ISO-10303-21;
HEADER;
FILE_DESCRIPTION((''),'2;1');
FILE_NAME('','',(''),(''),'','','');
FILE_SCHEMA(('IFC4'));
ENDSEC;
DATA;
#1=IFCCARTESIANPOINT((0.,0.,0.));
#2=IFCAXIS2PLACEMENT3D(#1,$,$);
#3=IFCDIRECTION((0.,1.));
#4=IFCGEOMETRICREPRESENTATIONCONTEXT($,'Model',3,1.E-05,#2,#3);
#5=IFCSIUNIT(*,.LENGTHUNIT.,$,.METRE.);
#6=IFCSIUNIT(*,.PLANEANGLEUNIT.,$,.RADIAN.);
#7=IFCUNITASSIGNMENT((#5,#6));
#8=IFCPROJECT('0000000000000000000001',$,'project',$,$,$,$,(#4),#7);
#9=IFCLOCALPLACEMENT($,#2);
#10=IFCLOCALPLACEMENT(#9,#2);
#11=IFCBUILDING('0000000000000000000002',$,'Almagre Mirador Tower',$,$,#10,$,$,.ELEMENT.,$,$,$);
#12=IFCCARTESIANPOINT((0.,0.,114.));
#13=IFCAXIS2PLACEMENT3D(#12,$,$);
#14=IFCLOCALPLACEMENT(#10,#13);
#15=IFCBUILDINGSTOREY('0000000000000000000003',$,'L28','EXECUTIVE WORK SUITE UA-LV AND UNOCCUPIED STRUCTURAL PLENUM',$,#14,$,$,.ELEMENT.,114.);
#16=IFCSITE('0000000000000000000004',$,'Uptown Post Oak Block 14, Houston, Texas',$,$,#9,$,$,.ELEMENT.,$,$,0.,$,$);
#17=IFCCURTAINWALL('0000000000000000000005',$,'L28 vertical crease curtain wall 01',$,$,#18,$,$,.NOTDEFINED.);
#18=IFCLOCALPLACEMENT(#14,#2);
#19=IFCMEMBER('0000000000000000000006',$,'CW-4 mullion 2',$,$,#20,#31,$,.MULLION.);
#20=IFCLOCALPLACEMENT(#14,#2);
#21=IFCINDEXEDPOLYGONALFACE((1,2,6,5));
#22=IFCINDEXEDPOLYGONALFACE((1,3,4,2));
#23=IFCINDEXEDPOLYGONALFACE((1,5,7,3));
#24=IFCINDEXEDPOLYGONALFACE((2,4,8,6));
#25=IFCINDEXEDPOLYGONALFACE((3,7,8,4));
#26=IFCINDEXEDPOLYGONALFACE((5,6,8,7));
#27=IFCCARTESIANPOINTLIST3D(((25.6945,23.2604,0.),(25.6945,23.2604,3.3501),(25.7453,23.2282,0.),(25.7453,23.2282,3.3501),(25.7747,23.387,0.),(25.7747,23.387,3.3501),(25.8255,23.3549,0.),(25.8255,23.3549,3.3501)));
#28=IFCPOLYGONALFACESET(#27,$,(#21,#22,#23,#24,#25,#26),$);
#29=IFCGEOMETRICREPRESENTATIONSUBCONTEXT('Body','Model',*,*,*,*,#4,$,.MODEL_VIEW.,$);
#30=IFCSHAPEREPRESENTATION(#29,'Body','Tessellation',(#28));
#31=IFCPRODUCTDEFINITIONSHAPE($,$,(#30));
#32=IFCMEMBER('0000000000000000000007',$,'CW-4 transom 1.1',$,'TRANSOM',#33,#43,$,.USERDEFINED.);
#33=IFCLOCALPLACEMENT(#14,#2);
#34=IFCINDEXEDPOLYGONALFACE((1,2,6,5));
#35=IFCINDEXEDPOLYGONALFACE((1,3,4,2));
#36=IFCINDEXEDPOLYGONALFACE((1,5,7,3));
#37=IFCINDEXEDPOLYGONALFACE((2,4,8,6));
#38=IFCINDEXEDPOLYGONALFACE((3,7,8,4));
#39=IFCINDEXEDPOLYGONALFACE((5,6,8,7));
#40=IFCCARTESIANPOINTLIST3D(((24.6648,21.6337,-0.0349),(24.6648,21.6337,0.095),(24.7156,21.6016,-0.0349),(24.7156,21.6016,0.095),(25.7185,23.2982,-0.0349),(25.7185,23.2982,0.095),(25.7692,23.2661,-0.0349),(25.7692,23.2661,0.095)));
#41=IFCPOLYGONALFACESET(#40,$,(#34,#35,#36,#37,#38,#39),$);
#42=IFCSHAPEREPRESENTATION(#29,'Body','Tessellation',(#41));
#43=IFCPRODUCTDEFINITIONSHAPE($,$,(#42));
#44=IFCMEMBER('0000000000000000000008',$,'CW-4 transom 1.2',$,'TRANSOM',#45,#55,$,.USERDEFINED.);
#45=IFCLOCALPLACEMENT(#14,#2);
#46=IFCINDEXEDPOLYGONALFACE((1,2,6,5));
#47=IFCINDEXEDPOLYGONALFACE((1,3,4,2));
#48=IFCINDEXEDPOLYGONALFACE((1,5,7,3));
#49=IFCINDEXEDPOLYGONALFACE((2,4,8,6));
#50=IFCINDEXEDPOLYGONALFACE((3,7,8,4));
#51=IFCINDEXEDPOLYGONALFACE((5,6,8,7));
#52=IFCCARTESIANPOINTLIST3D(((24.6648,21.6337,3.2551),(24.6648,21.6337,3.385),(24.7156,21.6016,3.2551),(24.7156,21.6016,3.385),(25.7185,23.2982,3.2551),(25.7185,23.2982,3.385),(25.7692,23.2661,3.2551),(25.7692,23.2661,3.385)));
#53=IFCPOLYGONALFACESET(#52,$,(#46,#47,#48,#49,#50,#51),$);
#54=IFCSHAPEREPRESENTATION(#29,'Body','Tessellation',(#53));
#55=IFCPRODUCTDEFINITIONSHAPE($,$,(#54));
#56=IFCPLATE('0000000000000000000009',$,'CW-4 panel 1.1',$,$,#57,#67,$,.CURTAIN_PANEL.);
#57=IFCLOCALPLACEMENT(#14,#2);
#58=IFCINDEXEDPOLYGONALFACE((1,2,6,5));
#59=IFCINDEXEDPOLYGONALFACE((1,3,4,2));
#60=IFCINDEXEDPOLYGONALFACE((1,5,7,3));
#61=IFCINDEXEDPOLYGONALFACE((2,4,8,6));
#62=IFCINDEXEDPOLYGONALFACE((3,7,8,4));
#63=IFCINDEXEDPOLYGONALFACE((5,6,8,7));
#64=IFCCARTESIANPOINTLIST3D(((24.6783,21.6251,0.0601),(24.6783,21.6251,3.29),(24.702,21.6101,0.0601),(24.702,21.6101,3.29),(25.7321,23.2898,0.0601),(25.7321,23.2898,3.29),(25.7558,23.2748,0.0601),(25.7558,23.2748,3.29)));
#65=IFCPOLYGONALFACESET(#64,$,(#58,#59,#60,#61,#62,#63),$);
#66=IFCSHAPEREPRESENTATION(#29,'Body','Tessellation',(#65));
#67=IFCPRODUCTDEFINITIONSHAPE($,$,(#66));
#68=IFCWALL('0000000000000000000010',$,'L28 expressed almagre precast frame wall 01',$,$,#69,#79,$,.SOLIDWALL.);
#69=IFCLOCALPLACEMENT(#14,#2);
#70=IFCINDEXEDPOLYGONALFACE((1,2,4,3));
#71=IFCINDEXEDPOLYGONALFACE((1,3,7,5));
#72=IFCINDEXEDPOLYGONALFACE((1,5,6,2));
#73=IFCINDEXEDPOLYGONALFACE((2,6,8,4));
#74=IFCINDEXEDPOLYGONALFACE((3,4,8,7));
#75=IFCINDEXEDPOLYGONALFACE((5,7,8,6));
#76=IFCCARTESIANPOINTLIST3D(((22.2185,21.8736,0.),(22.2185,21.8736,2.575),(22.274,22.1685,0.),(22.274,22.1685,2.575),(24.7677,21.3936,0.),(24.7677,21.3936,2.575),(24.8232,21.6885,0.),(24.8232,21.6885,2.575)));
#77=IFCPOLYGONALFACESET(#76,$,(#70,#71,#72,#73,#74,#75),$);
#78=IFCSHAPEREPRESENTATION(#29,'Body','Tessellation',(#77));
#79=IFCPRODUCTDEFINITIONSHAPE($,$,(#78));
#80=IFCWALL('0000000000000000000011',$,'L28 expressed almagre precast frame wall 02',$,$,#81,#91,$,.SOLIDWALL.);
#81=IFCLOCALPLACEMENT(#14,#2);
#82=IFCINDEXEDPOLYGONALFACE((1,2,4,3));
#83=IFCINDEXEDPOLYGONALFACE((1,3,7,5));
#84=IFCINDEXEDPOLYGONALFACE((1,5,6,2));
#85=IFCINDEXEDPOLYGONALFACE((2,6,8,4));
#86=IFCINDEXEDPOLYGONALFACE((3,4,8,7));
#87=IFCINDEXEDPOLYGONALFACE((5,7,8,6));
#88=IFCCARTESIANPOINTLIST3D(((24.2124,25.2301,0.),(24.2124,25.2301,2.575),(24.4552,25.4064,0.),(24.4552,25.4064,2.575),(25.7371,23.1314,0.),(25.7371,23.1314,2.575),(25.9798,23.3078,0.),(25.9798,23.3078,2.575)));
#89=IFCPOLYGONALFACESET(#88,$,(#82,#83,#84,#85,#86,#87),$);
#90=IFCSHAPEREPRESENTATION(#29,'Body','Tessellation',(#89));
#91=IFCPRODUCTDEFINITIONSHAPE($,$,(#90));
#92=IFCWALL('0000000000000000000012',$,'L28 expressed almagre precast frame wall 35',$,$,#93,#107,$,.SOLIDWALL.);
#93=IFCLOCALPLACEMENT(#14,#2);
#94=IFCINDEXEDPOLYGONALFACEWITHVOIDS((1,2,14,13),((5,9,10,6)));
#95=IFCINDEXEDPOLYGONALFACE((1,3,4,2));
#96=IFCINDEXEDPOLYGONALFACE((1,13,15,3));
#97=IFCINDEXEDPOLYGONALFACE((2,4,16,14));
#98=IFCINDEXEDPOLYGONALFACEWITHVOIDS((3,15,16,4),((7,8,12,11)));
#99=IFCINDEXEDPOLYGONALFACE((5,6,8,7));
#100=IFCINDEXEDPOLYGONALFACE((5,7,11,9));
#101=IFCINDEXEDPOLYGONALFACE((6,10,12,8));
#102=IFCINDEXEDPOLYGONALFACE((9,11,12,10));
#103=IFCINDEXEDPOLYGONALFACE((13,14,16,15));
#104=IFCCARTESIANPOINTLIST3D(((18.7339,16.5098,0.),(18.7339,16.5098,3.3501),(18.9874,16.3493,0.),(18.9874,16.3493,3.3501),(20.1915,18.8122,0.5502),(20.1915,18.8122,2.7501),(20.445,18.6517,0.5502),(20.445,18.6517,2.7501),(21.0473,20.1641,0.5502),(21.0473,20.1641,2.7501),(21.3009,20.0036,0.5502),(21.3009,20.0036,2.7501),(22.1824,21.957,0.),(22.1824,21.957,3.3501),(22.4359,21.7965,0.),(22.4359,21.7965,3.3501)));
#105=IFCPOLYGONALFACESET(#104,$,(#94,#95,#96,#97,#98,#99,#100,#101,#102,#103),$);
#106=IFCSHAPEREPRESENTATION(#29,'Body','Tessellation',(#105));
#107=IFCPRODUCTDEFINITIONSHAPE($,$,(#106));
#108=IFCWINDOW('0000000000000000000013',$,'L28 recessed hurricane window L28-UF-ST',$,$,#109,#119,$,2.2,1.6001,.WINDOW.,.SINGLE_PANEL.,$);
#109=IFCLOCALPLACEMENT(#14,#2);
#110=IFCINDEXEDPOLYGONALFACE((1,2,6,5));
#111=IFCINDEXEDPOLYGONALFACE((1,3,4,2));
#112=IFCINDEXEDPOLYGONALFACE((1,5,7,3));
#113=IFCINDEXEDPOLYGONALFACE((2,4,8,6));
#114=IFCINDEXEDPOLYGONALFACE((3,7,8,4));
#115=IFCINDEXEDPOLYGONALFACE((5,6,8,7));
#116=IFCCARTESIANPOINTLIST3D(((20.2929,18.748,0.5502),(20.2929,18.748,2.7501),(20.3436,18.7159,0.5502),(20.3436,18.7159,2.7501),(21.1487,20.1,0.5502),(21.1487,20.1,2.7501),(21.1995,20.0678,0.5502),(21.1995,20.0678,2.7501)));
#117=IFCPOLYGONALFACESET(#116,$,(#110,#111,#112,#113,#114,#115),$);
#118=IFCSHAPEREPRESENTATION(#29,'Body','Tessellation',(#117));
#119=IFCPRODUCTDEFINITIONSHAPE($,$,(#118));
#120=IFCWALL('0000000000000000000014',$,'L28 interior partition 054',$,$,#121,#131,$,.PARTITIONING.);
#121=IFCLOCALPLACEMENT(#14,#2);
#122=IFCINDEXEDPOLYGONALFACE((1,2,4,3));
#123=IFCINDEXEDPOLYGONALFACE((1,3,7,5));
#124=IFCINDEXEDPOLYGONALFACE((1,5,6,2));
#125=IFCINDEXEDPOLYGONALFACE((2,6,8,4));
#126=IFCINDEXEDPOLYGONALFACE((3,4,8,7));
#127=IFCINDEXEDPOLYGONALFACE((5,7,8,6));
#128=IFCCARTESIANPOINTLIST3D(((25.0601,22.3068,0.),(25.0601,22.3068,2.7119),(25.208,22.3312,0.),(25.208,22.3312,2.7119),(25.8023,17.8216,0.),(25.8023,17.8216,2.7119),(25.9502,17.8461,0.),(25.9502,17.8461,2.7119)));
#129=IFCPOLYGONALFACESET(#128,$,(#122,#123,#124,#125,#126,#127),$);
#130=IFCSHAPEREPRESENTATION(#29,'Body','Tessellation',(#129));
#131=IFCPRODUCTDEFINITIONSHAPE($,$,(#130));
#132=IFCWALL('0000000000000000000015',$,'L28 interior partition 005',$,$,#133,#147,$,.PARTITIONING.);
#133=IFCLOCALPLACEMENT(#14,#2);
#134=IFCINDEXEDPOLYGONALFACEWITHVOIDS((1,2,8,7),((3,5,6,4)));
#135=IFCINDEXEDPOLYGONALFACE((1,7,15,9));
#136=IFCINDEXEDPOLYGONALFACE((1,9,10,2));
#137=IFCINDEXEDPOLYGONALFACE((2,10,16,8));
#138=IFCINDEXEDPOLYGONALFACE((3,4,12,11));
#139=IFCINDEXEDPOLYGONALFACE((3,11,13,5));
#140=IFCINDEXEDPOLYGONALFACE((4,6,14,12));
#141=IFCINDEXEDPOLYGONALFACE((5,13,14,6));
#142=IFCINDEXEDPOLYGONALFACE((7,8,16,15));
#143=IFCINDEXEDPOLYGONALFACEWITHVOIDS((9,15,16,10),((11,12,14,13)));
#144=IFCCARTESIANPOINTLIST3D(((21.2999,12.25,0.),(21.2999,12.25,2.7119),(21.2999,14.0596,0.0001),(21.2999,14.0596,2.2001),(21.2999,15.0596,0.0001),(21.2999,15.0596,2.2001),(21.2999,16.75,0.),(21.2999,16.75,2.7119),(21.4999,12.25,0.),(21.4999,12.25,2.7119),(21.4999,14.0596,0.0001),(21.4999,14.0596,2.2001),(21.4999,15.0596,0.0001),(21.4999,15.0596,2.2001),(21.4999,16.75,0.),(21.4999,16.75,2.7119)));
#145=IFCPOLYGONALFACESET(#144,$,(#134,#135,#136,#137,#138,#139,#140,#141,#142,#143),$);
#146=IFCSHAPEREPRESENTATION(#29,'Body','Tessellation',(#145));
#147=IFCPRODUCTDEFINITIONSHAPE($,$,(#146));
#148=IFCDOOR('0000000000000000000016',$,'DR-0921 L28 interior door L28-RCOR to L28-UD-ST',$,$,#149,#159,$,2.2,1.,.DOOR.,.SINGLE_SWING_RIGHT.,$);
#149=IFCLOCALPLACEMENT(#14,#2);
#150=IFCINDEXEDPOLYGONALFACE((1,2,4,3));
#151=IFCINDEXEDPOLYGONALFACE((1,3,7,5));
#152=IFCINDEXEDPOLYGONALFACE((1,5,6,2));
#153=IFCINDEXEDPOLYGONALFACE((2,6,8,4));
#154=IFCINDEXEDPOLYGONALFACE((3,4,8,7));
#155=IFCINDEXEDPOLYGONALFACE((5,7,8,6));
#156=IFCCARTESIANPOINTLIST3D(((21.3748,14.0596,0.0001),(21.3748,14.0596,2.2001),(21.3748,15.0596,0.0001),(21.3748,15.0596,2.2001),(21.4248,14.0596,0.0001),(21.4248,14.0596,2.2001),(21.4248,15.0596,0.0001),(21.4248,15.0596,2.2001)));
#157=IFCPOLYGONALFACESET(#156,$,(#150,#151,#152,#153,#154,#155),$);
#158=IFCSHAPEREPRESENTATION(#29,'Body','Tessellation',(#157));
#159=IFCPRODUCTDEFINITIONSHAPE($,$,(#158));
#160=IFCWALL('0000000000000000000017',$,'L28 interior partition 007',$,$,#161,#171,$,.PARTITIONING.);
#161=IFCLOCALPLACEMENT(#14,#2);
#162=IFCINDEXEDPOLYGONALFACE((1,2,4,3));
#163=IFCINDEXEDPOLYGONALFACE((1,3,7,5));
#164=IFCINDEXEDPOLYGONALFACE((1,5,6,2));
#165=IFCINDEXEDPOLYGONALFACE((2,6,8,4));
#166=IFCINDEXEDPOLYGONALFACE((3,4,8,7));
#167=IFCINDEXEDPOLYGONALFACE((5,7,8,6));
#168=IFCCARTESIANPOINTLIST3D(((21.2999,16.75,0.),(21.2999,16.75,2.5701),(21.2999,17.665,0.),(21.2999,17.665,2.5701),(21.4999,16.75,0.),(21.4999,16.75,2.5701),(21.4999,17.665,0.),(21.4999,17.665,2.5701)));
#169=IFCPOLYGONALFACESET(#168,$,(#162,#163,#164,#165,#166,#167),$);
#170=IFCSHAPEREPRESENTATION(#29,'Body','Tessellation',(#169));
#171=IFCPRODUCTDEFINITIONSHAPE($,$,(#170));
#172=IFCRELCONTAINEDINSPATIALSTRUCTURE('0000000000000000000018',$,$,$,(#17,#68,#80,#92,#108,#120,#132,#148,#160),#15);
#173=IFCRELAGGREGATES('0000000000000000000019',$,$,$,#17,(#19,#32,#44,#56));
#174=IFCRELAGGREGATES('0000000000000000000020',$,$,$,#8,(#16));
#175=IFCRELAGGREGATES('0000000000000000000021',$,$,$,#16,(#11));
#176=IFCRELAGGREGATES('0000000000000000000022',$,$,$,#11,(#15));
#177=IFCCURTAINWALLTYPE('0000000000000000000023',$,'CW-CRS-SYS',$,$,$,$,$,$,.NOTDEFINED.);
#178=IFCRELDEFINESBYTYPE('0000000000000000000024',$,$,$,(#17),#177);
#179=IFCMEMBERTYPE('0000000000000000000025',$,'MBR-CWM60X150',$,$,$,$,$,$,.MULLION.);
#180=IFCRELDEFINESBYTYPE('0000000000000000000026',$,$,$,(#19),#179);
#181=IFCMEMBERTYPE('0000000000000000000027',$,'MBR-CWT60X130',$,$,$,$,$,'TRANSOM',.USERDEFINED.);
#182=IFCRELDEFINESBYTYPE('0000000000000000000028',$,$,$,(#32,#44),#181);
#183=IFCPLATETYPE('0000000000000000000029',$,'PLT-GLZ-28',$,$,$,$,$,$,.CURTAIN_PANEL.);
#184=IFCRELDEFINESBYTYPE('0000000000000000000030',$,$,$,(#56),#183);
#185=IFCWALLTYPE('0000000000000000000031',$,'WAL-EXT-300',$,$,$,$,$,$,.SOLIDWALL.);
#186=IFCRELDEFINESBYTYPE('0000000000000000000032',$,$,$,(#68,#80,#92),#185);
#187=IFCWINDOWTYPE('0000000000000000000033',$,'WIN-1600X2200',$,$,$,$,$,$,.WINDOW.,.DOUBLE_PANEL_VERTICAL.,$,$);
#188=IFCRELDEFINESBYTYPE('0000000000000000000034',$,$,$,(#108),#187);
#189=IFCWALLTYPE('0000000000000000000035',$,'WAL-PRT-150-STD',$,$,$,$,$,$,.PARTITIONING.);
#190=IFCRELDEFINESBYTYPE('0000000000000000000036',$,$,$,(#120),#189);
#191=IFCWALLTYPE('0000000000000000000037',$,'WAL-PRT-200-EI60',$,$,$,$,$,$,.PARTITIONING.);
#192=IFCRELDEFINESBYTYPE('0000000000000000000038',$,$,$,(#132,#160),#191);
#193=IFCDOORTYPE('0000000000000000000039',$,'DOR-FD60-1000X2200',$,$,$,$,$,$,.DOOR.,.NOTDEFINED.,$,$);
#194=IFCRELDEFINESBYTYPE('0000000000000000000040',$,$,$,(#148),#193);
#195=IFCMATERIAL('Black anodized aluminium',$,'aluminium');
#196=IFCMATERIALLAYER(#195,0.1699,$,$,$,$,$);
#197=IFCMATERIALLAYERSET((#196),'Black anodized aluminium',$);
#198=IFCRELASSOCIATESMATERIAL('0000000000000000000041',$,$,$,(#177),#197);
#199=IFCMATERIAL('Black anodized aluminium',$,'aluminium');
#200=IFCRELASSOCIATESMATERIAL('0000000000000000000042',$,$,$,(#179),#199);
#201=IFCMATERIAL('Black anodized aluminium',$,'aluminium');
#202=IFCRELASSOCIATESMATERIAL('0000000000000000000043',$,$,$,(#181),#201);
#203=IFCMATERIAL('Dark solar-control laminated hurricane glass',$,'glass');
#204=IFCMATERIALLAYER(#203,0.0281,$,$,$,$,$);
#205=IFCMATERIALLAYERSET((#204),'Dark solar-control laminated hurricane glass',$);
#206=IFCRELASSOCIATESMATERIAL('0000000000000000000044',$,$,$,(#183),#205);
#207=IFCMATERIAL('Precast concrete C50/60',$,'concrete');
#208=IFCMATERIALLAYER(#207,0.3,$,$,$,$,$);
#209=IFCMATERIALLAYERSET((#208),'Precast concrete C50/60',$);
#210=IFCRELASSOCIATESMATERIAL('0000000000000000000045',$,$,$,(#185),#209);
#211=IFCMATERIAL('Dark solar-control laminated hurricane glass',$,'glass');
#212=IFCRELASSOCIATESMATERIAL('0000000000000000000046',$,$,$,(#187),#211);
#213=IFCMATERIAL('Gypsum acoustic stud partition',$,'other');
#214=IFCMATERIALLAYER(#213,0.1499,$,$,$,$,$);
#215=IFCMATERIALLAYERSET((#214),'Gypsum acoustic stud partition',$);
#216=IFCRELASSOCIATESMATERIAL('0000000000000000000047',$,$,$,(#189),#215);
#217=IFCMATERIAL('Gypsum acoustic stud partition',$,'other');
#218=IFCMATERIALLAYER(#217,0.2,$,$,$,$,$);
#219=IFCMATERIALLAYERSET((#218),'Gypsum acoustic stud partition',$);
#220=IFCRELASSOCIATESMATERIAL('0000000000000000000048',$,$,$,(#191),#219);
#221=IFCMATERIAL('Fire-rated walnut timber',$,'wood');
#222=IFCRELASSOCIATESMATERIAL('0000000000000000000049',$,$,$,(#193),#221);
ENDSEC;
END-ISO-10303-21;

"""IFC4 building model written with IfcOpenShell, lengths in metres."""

from ifc_helpers import new_model, si_unit, direction, frame, frame_2d, origin, origin_2d, place, context, subcontext, project, spatial, rectangle, extrude, material, layer, layer_set, material_profile, profile_set, type_object, element, fill, aggregate, save


model = new_model("IFC4")

# Units and contexts
model_context = context("Model", 3, precision=1e-05, world=origin(), true_north=direction((0.0, 1.0)))
body_context = subcontext(model_context, "Body", "Model", "MODEL_VIEW")
ifc_project = project(units=[si_unit("LENGTHUNIT", "METRE"), si_unit("PLANEANGLEUNIT", "RADIAN")], contexts=[model_context])

# Site, building, storey
site_placement = place(None, origin())
site = spatial("IfcSite", under=ifc_project, at=site_placement, Name="Uptown Post Oak Block 14, Houston, Texas", CompositionType="ELEMENT", RefElevation=0.0)
building_placement = place(site_placement, origin())
building = spatial("IfcBuilding", under=site, at=building_placement, Name="Almagre Mirador Tower", CompositionType="ELEMENT")
storey_placement = place(building_placement, frame((0.0, 0.0, 114.0)))
storey = spatial("IfcBuildingStorey", under=building, at=storey_placement, Name="L28", Description="EXECUTIVE WORK SUITE UA-LV AND UNOCCUPIED STRUCTURAL PLENUM", CompositionType="ELEMENT", Elevation=114.0)

# Curtain wall, members, plate
ifc_material_1 = material(Name="Black anodized aluminium", Category="aluminium")
ifc_layer_1 = layer(ifc_material_1, 0.1699)
ifc_layer_set_1 = layer_set([ifc_layer_1], Name="Black anodized aluminium")
curtain_wall_type = type_object("IfcCurtainWallType", Name="CW-CRS-SYS", PredefinedType="NOTDEFINED", material=ifc_layer_set_1)
curtain_wall_placement = place(storey_placement, origin())
curtain_wall = element("IfcCurtainWall", 1, at=curtain_wall_placement, inside=storey, type_object=curtain_wall_type, Name="L28 vertical crease curtain wall 01", PredefinedType="NOTDEFINED")
ifc_material_2 = material(Name="Black anodized aluminium", Category="aluminium")
ifc_material_profile_1 = material_profile(ifc_material_2, rectangle(XDim=0.0601, YDim=0.1499, at=origin_2d()), Name="CWM60X150")
ifc_profile_set_1 = profile_set([ifc_material_profile_1], Name="Black anodized aluminium")
member_type_1 = type_object("IfcMemberType", Name="MBR-CWM60X150", PredefinedType="MULLION", material=ifc_profile_set_1)
member_1_placement = place(storey_placement, frame((25.76, 23.3076, 0.0), z_axis=(0.0, 0.0, 1.0), x_axis=(-0.84492, 0.534893, 0.0)))
member_1 = element("IfcMember", 2, at=member_1_placement, type_object=member_type_1, Name="CW-4 mullion 2", PredefinedType="MULLION", context=body_context, shape_type="SweptSolid", body=[
    extrude(rectangle(XDim=0.0601, YDim=0.1499, at=origin_2d()), origin(), (0.0, 0.0, 1.0), 3.3501),
])
ifc_material_3 = material(Name="Black anodized aluminium", Category="aluminium")
ifc_material_profile_2 = material_profile(ifc_material_3, rectangle(XDim=0.0601, YDim=0.1299, at=origin_2d()), Name="CWT60X130")
ifc_profile_set_2 = profile_set([ifc_material_profile_2], Name="Black anodized aluminium")
member_type_2 = type_object("IfcMemberType", Name="MBR-CWT60X130", ElementType="TRANSOM", PredefinedType="USERDEFINED", material=ifc_profile_set_2)
member_2_placement = place(storey_placement, frame((24.6902, 21.6177, 0.03), z_axis=(0.534869, 0.844935, 0.0), x_axis=(-0.844935, 0.534869, 0.0)))
member_2 = element("IfcMember", 3, at=member_2_placement, type_object=member_type_2, Name="CW-4 transom 1.1", ObjectType="TRANSOM", PredefinedType="USERDEFINED", context=body_context, shape_type="SweptSolid", body=[
    extrude(rectangle(XDim=0.0601, YDim=0.1299, at=origin_2d()), origin(), (0.0, 0.0, 1.0), 1.97),
])
member_3_placement = place(storey_placement, frame((24.6902, 21.6177, 3.3201), z_axis=(0.534869, 0.844935, 0.0), x_axis=(-0.844935, 0.534869, 0.0)))
member_3 = element("IfcMember", 4, at=member_3_placement, type_object=member_type_2, Name="CW-4 transom 1.2", ObjectType="TRANSOM", PredefinedType="USERDEFINED", context=body_context, shape_type="SweptSolid", body=[
    extrude(rectangle(XDim=0.0601, YDim=0.1299, at=origin_2d()), origin(), (0.0, 0.0, 1.0), 1.97),
])
ifc_material_4 = material(Name="Dark solar-control laminated hurricane glass", Category="glass")
ifc_layer_2 = layer(ifc_material_4, 0.0281)
ifc_layer_set_2 = layer_set([ifc_layer_2], Name="Dark solar-control laminated hurricane glass")
plate_type = type_object("IfcPlateType", Name="PLT-GLZ-28", PredefinedType="CURTAIN_PANEL", material=ifc_layer_set_2)
plate_placement = place(storey_placement, frame((25.217, 22.45, 0.0601), z_axis=(0.0, 0.0, 1.0), x_axis=(0.534893, 0.84492, 0.0)))
plate = element("IfcPlate", 5, at=plate_placement, type_object=plate_type, Name="CW-4 panel 1.1", PredefinedType="CURTAIN_PANEL", context=body_context, shape_type="SweptSolid", body=[
    extrude(rectangle(XDim=1.9702, YDim=0.0281, at=origin_2d()), origin(), (0.0, 0.0, 1.0), 3.23),
])
aggregate(curtain_wall, [member_1, member_2, member_3, plate])

# Walls
ifc_material_5 = material(Name="Precast concrete C50/60", Category="concrete")
ifc_layer_3 = layer(ifc_material_5, 0.3)
ifc_layer_set_3 = layer_set([ifc_layer_3], Name="Precast concrete C50/60")
wall_type_1 = type_object("IfcWallType", Name="WAL-EXT-300", PredefinedType="SOLIDWALL", material=ifc_layer_set_3)
for number, where, z_axis, x_axis, name in (
    (6, (22.2463, 22.021, 0.0), (0.0, 0.0, 1.0), (0.982733, -0.185027, 0.0), "L28 expressed almagre precast frame wall 01"),
    (7, (25.8584, 23.2197, 0.0), (0.0, 0.0, 1.0), (-0.587763, 0.809033, 0.0), "L28 expressed almagre precast frame wall 02"),
):
    element("IfcWall", number, at=place(storey_placement, frame(where, z_axis=z_axis, x_axis=x_axis)), inside=storey, type_object=wall_type_1, Name=name, PredefinedType="SOLIDWALL", context=body_context, shape_type="SweptSolid", body=[
        extrude(rectangle(XDim=2.594, YDim=0.3, at=frame_2d((1.2969, 0.0))), origin(), (0.0, 0.0, 1.0), 2.575),
    ])

# Wall, opening, window
wall_1_placement = place(storey_placement, frame((18.8606, 16.4294, 0.0), z_axis=(0.0, 0.0, 1.0), x_axis=(0.534892, 0.844921, 0.0)))
wall_1 = element("IfcWall", 8, at=wall_1_placement, inside=storey, type_object=wall_type_1, Name="L28 expressed almagre precast frame wall 35", PredefinedType="SOLIDWALL", context=body_context, shape_type="SweptSolid", body=[
    extrude(rectangle(XDim=6.447, YDim=0.3, at=frame_2d((3.2236, 0.0))), origin(), (0.0, 0.0, 1.0), 3.3501),
])
opening_1_placement = place(wall_1_placement, frame((2.7251, 0.0, 0.55)))
opening_1 = element("IfcOpeningElement", 9, at=opening_1_placement, cuts=wall_1, PredefinedType="OPENING", context=body_context, shape_type="SweptSolid", body=[
    extrude(rectangle(XDim=1.6001, YDim=2.2, at=frame_2d((0.8, 1.1001))), frame((0.0, 0.1599, 0.0), z_axis=(0.0, -1.0, 0.0), x_axis=(1.0, 0.0, 0.0)), (0.0, 0.0, 1.0), 0.32),
])
ifc_material_6 = material(Name="Dark solar-control laminated hurricane glass", Category="glass")
window_type = type_object("IfcWindowType", Name="WIN-1600X2200", PartitioningType="DOUBLE_PANEL_VERTICAL", PredefinedType="WINDOW", material=ifc_material_6)
window_placement = place(opening_1_placement, origin())
window = element("IfcWindow", 10, at=window_placement, inside=storey, type_object=window_type, Name="L28 recessed hurricane window L28-UF-ST", OverallHeight=2.2, OverallWidth=1.6001, PartitioningType="SINGLE_PANEL", PredefinedType="WINDOW", context=body_context, shape_type="SweptSolid", body=[
    extrude(rectangle(XDim=1.6001, YDim=2.2, at=frame_2d((0.8, 1.1001))), frame((0.0, 0.03, 0.0), z_axis=(0.0, -1.0, 0.0), x_axis=(1.0, 0.0, 0.0)), (0.0, 0.0, 1.0), 0.0601),
])
fill(opening_1, window)

# Wall
ifc_material_7 = material(Name="Gypsum acoustic stud partition", Category="other")
ifc_layer_4 = layer(ifc_material_7, 0.1499)
ifc_layer_set_4 = layer_set([ifc_layer_4], Name="Gypsum acoustic stud partition")
wall_type_2 = type_object("IfcWallType", Name="WAL-PRT-150-STD", PredefinedType="PARTITIONING", material=ifc_layer_set_4)
wall_2_placement = place(storey_placement, frame((25.8762, 17.834, 0.0), z_axis=(0.0, 0.0, 1.0), x_axis=(-0.163258, 0.986583, 0.0)))
element("IfcWall", 11, at=wall_2_placement, inside=storey, type_object=wall_type_2, Name="L28 interior partition 054", PredefinedType="PARTITIONING", context=body_context, shape_type="SweptSolid", body=[
    extrude(rectangle(XDim=4.5461, YDim=0.1499, at=frame_2d((2.2729, 0.0))), origin(), (0.0, 0.0, 1.0), 2.7119),
])

# Wall, opening, door
ifc_material_8 = material(Name="Gypsum acoustic stud partition", Category="other")
ifc_layer_5 = layer(ifc_material_8, 0.2)
ifc_layer_set_5 = layer_set([ifc_layer_5], Name="Gypsum acoustic stud partition")
wall_type_3 = type_object("IfcWallType", Name="WAL-PRT-200-EI60", PredefinedType="PARTITIONING", material=ifc_layer_set_5)
wall_3_placement = place(storey_placement, frame((21.3999, 16.75, 0.0), z_axis=(0.0, 0.0, 1.0), x_axis=(0.0, -1.0, 0.0)))
wall_3 = element("IfcWall", 12, at=wall_3_placement, inside=storey, type_object=wall_type_3, Name="L28 interior partition 005", PredefinedType="PARTITIONING", context=body_context, shape_type="SweptSolid", body=[
    extrude(rectangle(XDim=4.5, YDim=0.2, at=frame_2d((2.25, 0.0))), origin(), (0.0, 0.0, 1.0), 2.7119),
])
opening_2_placement = place(wall_3_placement, frame((1.6904, 0.0, 0.0)))
opening_2 = element("IfcOpeningElement", 13, at=opening_2_placement, cuts=wall_3, PredefinedType="OPENING", context=body_context, shape_type="SweptSolid", body=[
    extrude(rectangle(XDim=1.0, YDim=2.2, at=frame_2d((0.5, 1.1001))), frame((0.0, 0.1101, 0.0), z_axis=(0.0, -1.0, 0.0), x_axis=(1.0, 0.0, 0.0)), (0.0, 0.0, 1.0), 0.22),
])
ifc_material_9 = material(Name="Fire-rated walnut timber", Category="wood")
door_type = type_object("IfcDoorType", Name="DOR-FD60-1000X2200", OperationType="NOTDEFINED", PredefinedType="DOOR", material=ifc_material_9)
door_placement = place(opening_2_placement, origin())
door = element("IfcDoor", 14, at=door_placement, inside=storey, type_object=door_type, Name="DR-0921 L28 interior door L28-RCOR to L28-UD-ST", OperationType="SINGLE_SWING_RIGHT", OverallHeight=2.2, OverallWidth=1.0, PredefinedType="DOOR", context=body_context, shape_type="SweptSolid", body=[
    extrude(rectangle(XDim=1.0, YDim=2.2, at=frame_2d((0.5, 1.1001))), frame((0.0, 0.0249, 0.0), z_axis=(0.0, -1.0, 0.0), x_axis=(1.0, 0.0, 0.0)), (0.0, 0.0, 1.0), 0.05),
])
fill(opening_2, door)

# Wall
wall_4_placement = place(storey_placement, frame((21.3999, 17.665, 0.0), z_axis=(0.0, 0.0, 1.0), x_axis=(0.0, -1.0, 0.0)))
element("IfcWall", 15, at=wall_4_placement, inside=storey, type_object=wall_type_3, Name="L28 interior partition 007", PredefinedType="PARTITIONING", context=body_context, shape_type="SweptSolid", body=[
    extrude(rectangle(XDim=0.915, YDim=0.2, at=frame_2d((0.4575, 0.0))), origin(), (0.0, 0.0, 1.0), 2.5701),
])

save(model, "model.ifc")
